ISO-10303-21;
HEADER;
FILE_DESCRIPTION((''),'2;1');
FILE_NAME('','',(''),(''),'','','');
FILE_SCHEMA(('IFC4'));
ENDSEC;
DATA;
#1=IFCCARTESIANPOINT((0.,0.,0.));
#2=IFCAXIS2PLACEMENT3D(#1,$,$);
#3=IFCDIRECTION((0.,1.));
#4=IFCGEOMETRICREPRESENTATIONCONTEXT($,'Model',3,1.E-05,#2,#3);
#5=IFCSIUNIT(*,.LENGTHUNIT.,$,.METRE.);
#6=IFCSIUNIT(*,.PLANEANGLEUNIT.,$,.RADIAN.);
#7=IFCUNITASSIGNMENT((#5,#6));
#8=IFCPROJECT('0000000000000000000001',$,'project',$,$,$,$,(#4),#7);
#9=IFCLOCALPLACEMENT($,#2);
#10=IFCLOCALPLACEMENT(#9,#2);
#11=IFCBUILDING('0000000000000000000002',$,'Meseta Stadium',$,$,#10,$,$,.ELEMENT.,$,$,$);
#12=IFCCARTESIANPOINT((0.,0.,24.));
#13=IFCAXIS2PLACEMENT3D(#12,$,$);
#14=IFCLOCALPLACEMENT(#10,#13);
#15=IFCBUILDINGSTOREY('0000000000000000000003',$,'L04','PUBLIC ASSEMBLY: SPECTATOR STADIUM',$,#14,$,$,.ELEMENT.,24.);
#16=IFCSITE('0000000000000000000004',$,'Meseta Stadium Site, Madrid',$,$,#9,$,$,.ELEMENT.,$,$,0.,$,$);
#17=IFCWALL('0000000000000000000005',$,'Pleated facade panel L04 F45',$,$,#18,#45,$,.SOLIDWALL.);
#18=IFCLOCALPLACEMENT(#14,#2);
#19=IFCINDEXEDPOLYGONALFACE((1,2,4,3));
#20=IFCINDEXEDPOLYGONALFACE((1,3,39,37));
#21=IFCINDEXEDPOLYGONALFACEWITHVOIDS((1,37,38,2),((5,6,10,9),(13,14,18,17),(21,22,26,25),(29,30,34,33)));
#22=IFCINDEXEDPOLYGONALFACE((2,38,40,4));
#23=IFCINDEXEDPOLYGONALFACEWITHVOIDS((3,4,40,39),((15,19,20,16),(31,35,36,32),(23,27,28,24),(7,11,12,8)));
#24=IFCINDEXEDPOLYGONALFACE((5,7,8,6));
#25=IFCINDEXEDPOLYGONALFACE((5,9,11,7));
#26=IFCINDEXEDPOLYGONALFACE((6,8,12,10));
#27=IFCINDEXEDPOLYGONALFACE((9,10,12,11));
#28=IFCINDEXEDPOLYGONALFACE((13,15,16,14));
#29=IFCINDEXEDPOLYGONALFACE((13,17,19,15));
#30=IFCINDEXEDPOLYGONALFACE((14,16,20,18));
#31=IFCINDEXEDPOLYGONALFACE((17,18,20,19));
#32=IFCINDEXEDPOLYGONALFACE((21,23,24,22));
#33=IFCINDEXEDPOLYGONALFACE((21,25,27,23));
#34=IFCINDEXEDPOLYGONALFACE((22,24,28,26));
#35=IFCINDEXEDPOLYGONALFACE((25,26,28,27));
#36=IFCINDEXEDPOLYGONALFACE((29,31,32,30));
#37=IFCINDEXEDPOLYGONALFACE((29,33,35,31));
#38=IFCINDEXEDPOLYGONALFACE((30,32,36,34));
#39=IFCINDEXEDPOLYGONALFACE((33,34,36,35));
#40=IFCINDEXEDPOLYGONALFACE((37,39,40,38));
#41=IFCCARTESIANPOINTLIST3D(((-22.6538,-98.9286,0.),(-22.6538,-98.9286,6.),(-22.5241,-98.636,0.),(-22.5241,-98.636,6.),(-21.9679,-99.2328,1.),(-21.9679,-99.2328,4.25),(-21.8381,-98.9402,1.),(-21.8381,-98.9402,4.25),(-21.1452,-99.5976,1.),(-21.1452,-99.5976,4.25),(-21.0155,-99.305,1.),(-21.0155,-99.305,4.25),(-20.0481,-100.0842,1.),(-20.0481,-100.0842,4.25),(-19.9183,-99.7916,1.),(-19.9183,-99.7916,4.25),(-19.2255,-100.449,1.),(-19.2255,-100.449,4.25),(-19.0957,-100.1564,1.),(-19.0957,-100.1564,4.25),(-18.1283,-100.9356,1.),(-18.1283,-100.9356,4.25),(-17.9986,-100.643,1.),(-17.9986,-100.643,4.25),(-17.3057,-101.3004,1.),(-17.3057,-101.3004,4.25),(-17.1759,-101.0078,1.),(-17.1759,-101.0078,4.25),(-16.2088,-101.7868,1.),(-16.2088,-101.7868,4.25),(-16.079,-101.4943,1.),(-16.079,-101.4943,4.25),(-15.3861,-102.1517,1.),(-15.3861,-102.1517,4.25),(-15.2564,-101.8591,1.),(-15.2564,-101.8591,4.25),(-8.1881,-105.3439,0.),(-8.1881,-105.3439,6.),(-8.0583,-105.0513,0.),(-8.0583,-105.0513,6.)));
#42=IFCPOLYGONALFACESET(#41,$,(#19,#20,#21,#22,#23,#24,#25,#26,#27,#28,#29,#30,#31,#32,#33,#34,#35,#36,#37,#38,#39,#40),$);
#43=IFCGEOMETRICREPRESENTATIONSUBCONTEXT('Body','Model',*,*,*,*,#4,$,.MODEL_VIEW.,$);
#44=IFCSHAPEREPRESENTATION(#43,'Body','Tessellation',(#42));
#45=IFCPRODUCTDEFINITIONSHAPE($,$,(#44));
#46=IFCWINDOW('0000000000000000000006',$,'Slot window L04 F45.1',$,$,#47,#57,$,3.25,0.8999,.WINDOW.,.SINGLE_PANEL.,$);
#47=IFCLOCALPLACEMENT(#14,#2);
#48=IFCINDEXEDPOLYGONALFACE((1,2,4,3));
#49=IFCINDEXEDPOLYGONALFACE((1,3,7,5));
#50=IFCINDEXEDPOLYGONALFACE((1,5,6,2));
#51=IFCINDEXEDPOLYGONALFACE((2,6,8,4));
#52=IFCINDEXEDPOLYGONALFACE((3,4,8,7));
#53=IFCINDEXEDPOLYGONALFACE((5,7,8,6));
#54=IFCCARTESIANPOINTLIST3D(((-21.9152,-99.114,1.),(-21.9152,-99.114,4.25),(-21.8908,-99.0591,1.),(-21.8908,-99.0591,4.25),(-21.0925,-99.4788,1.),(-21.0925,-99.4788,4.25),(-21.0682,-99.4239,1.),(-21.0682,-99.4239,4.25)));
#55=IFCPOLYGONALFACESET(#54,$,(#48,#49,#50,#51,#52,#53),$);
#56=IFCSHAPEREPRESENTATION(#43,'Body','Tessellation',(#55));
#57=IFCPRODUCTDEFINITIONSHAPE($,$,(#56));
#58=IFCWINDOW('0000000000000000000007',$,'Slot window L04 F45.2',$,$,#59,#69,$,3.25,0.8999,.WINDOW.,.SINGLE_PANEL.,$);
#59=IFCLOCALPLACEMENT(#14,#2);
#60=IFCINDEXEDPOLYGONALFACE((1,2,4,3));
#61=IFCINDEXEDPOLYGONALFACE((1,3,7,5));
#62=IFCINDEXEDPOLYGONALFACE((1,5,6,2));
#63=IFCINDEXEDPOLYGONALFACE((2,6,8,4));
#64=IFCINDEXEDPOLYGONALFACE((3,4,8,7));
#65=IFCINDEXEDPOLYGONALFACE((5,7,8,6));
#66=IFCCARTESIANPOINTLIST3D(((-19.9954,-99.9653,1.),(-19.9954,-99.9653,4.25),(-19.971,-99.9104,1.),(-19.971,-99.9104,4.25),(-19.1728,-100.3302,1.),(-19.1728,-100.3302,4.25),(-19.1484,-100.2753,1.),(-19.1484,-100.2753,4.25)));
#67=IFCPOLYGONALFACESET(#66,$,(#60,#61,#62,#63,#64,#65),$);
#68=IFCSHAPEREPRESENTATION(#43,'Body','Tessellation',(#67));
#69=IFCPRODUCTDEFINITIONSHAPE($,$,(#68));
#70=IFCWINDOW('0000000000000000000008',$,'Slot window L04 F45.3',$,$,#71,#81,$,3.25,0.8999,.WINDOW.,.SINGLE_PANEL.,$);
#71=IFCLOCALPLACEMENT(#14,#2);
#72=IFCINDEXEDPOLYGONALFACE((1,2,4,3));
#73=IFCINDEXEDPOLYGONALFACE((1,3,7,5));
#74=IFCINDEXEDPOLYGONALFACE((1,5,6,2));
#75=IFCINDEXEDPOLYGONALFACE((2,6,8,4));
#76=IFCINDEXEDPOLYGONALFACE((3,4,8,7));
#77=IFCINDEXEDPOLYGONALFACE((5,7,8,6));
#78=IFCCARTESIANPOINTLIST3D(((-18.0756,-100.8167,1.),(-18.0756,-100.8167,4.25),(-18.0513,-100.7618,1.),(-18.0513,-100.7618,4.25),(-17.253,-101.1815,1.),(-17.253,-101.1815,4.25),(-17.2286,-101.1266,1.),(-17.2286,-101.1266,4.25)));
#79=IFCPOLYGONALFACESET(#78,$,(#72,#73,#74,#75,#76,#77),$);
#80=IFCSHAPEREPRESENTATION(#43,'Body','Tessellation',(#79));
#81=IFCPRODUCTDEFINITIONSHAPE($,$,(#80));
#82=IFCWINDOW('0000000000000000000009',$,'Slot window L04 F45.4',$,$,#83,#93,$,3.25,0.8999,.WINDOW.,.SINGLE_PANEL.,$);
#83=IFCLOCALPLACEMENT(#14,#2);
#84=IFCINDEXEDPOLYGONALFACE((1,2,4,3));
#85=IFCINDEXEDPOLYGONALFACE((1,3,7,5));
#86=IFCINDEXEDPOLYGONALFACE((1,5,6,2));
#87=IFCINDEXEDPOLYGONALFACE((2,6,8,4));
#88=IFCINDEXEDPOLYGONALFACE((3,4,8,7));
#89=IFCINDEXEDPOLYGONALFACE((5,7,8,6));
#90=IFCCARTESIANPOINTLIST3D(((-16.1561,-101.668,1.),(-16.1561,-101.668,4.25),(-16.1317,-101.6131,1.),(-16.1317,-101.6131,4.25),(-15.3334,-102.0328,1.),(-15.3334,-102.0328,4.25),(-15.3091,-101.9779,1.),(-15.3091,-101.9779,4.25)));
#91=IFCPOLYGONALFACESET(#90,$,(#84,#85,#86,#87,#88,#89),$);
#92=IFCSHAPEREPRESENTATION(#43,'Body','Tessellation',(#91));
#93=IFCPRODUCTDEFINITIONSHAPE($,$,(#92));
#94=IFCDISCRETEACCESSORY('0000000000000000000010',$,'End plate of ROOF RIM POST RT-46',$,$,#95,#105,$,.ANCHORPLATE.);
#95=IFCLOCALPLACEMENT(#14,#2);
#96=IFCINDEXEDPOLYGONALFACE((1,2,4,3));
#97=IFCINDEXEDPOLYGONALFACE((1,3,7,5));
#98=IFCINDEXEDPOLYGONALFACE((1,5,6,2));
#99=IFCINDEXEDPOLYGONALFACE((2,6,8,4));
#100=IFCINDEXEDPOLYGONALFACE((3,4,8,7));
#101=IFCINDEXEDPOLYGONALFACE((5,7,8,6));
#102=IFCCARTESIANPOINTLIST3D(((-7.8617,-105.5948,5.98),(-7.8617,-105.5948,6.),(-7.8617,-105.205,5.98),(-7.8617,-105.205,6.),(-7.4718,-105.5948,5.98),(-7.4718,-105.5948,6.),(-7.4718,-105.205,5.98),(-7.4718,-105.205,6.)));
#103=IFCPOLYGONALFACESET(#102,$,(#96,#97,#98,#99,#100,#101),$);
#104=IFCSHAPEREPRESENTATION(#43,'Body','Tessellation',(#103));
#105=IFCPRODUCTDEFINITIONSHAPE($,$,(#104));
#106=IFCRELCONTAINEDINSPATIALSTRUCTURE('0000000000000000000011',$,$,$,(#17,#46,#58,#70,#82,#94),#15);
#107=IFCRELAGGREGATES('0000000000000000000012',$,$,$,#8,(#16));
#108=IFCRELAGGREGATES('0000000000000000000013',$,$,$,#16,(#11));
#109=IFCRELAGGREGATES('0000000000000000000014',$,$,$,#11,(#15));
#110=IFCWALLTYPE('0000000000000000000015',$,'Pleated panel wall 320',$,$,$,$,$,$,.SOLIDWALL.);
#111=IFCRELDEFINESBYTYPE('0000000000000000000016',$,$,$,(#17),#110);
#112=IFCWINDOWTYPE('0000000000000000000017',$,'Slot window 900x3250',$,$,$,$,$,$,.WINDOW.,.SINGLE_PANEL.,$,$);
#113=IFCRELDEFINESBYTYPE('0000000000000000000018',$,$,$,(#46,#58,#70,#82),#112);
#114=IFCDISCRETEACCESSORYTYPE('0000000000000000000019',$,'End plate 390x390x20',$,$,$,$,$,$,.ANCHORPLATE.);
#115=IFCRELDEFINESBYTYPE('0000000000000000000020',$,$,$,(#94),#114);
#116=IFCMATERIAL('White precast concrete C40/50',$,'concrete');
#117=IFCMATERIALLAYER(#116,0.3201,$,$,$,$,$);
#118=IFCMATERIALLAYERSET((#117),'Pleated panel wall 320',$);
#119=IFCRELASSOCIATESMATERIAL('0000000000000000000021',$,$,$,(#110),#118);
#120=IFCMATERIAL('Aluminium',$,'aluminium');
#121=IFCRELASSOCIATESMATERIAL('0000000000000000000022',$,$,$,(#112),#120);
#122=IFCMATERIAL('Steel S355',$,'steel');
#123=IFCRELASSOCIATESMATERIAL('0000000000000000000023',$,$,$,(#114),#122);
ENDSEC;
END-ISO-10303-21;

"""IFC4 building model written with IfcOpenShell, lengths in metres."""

from ifc_helpers import new_model, si_unit, direction, frame, frame_2d, origin, origin_2d, place, context, subcontext, project, spatial, rectangle, extrude, material, layer, layer_set, material_profile, profile_set, type_object, element, fill, save


model = new_model("IFC4")

# Units and contexts
model_context = context("Model", 3, precision=1e-05, world=origin(), true_north=direction((0.0, 1.0)))
body_context = subcontext(model_context, "Body", "Model", "MODEL_VIEW")
ifc_project = project(units=[si_unit("LENGTHUNIT", "METRE"), si_unit("PLANEANGLEUNIT", "RADIAN")], contexts=[model_context])

# Site, building, storey
site_placement = place(None, origin())
site = spatial("IfcSite", under=ifc_project, at=site_placement, Name="Meseta Stadium Site, Madrid", CompositionType="ELEMENT", RefElevation=0.0)
building_placement = place(site_placement, origin())
building = spatial("IfcBuilding", under=site, at=building_placement, Name="Meseta Stadium", CompositionType="ELEMENT")
storey_placement = place(building_placement, frame((0.0, 0.0, 24.0)))
storey = spatial("IfcBuildingStorey", under=building, at=storey_placement, Name="L04", Description="PUBLIC ASSEMBLY: SPECTATOR STADIUM", CompositionType="ELEMENT", Elevation=24.0)

# Wall, openings, windows
ifc_material_1 = material(Name="White precast concrete C40/50", Category="concrete")
ifc_layer_1 = layer(ifc_material_1, 0.3201)
ifc_layer_set_1 = layer_set([ifc_layer_1], Name="Pleated panel wall 320")
wall_type_1 = type_object("IfcWallType", Name="Pleated panel wall 320", PredefinedType="SOLIDWALL", material=ifc_layer_set_1)
wall_1_placement = place(storey_placement, frame((-8.1233, -105.1975, 0.0), z_axis=(0.0, 0.0, 1.0), x_axis=(-0.914139, 0.405401, 0.0)))
wall_1 = element("IfcWall", 1, at=wall_1_placement, inside=storey, type_object=wall_type_1, Name="Pleated facade panel L04 F45", PredefinedType="SOLIDWALL", context=body_context, shape_type="SweptSolid", body=[
    extrude(rectangle(XDim=15.8245, YDim=0.3201, at=frame_2d((7.9121, 0.0))), origin(), (0.0, 0.0, 1.0), 6.0),
])
opening_1_placement = place(wall_1_placement, frame((14.1741, 0.0, 1.0)))
opening_1 = element("IfcOpeningElement", 2, at=opening_1_placement, cuts=wall_1, PredefinedType="OPENING", context=body_context, shape_type="SweptSolid", body=[
    extrude(rectangle(XDim=0.8999, YDim=3.25, at=frame_2d((0.45, 1.625))), frame((0.0, 0.1699, 0.0), z_axis=(0.0, -1.0, 0.0), x_axis=(1.0, 0.0, 0.0)), (0.0, 0.0, 1.0), 0.3401),
])
opening_2_placement = place(wall_1_placement, frame((12.074, 0.0, 1.0)))
opening_2 = element("IfcOpeningElement", 3, at=opening_2_placement, cuts=wall_1, PredefinedType="OPENING", context=body_context, shape_type="SweptSolid", body=[
    extrude(rectangle(XDim=0.8999, YDim=3.25, at=frame_2d((0.45, 1.625))), frame((0.0, 0.1699, 0.0), z_axis=(0.0, -1.0, 0.0), x_axis=(1.0, 0.0, 0.0)), (0.0, 0.0, 1.0), 0.3401),
])
opening_3_placement = place(wall_1_placement, frame((9.9739, 0.0, 1.0)))
opening_3 = element("IfcOpeningElement", 4, at=opening_3_placement, cuts=wall_1, PredefinedType="OPENING", context=body_context, shape_type="SweptSolid", body=[
    extrude(rectangle(XDim=0.8999, YDim=3.25, at=frame_2d((0.45, 1.625))), frame((0.0, 0.1699, 0.0), z_axis=(0.0, -1.0, 0.0), x_axis=(1.0, 0.0, 0.0)), (0.0, 0.0, 1.0), 0.3401),
])
opening_4_placement = place(wall_1_placement, frame((7.874, 0.0, 1.0)))
opening_4 = element("IfcOpeningElement", 5, at=opening_4_placement, cuts=wall_1, PredefinedType="OPENING", context=body_context, shape_type="SweptSolid", body=[
    extrude(rectangle(XDim=0.8999, YDim=3.25, at=frame_2d((0.45, 1.625))), frame((0.0, 0.1699, 0.0), z_axis=(0.0, -1.0, 0.0), x_axis=(1.0, 0.0, 0.0)), (0.0, 0.0, 1.0), 0.3401),
])
ifc_material_2 = material(Name="Aluminium", Category="aluminium")
window_type_1 = type_object("IfcWindowType", Name="Slot window 900x3250", PartitioningType="SINGLE_PANEL", PredefinedType="WINDOW", material=ifc_material_2)
window_1_placement = place(opening_1_placement, origin())
window_1 = element("IfcWindow", 6, at=window_1_placement, inside=storey, type_object=window_type_1, Name="Slot window L04 F45.1", OverallHeight=3.25, OverallWidth=0.8999, PartitioningType="SINGLE_PANEL", PredefinedType="WINDOW", context=body_context, shape_type="SweptSolid", body=[
    extrude(rectangle(XDim=0.8999, YDim=3.25, at=frame_2d((0.45, 1.625))), frame((0.0, 0.03, 0.0), z_axis=(0.0, -1.0, 0.0), x_axis=(1.0, 0.0, 0.0)), (0.0, 0.0, 1.0), 0.0601),
])
fill(opening_1, window_1)
window_2_placement = place(opening_2_placement, origin())
window_2 = element("IfcWindow", 7, at=window_2_placement, inside=storey, type_object=window_type_1, Name="Slot window L04 F45.2", OverallHeight=3.25, OverallWidth=0.8999, PartitioningType="SINGLE_PANEL", PredefinedType="WINDOW", context=body_context, shape_type="SweptSolid", body=[
    extrude(rectangle(XDim=0.8999, YDim=3.25, at=frame_2d((0.45, 1.625))), frame((0.0, 0.03, 0.0), z_axis=(0.0, -1.0, 0.0), x_axis=(1.0, 0.0, 0.0)), (0.0, 0.0, 1.0), 0.0601),
])
fill(opening_2, window_2)
window_3_placement = place(opening_3_placement, origin())
window_3 = element("IfcWindow", 8, at=window_3_placement, inside=storey, type_object=window_type_1, Name="Slot window L04 F45.3", OverallHeight=3.25, OverallWidth=0.8999, PartitioningType="SINGLE_PANEL", PredefinedType="WINDOW", context=body_context, shape_type="SweptSolid", body=[
    extrude(rectangle(XDim=0.8999, YDim=3.25, at=frame_2d((0.45, 1.625))), frame((0.0, 0.03, 0.0), z_axis=(0.0, -1.0, 0.0), x_axis=(1.0, 0.0, 0.0)), (0.0, 0.0, 1.0), 0.0601),
])
fill(opening_3, window_3)
window_4_placement = place(opening_4_placement, origin())
window_4 = element("IfcWindow", 9, at=window_4_placement, inside=storey, type_object=window_type_1, Name="Slot window L04 F45.4", OverallHeight=3.25, OverallWidth=0.8999, PartitioningType="SINGLE_PANEL", PredefinedType="WINDOW", context=body_context, shape_type="SweptSolid", body=[
    extrude(rectangle(XDim=0.8999, YDim=3.25, at=frame_2d((0.45, 1.625))), frame((0.0, 0.03, 0.0), z_axis=(0.0, -1.0, 0.0), x_axis=(1.0, 0.0, 0.0)), (0.0, 0.0, 1.0), 0.0601),
])
fill(opening_4, window_4)

# Discrete accessory
ifc_material_3 = material(Name="Steel S355", Category="steel")
ifc_material_profile_1 = material_profile(ifc_material_3, rectangle(XDim=0.3899, YDim=0.3899, at=origin_2d()), Name="PL 390x390")
ifc_profile_set_1 = profile_set([ifc_material_profile_1], Name="Steel S355")
discrete_accessory_type = type_object("IfcDiscreteAccessoryType", Name="End plate 390x390x20", PredefinedType="ANCHORPLATE", material=ifc_profile_set_1)
discrete_accessory_placement = place(storey_placement, frame((-7.6667, -105.3999, 5.98), z_axis=(0.0, 0.0, 1.0), x_axis=(1.0, 0.0, 0.0)))
element("IfcDiscreteAccessory", 10, at=discrete_accessory_placement, inside=storey, type_object=discrete_accessory_type, Name="End plate of ROOF RIM POST RT-46", PredefinedType="ANCHORPLATE", context=body_context, shape_type="SweptSolid", body=[
    extrude(rectangle(XDim=0.3899, YDim=0.3899, at=origin_2d()), origin(), (0.0, 0.0, 1.0), 0.02),
])

save(model, "model.ifc")
